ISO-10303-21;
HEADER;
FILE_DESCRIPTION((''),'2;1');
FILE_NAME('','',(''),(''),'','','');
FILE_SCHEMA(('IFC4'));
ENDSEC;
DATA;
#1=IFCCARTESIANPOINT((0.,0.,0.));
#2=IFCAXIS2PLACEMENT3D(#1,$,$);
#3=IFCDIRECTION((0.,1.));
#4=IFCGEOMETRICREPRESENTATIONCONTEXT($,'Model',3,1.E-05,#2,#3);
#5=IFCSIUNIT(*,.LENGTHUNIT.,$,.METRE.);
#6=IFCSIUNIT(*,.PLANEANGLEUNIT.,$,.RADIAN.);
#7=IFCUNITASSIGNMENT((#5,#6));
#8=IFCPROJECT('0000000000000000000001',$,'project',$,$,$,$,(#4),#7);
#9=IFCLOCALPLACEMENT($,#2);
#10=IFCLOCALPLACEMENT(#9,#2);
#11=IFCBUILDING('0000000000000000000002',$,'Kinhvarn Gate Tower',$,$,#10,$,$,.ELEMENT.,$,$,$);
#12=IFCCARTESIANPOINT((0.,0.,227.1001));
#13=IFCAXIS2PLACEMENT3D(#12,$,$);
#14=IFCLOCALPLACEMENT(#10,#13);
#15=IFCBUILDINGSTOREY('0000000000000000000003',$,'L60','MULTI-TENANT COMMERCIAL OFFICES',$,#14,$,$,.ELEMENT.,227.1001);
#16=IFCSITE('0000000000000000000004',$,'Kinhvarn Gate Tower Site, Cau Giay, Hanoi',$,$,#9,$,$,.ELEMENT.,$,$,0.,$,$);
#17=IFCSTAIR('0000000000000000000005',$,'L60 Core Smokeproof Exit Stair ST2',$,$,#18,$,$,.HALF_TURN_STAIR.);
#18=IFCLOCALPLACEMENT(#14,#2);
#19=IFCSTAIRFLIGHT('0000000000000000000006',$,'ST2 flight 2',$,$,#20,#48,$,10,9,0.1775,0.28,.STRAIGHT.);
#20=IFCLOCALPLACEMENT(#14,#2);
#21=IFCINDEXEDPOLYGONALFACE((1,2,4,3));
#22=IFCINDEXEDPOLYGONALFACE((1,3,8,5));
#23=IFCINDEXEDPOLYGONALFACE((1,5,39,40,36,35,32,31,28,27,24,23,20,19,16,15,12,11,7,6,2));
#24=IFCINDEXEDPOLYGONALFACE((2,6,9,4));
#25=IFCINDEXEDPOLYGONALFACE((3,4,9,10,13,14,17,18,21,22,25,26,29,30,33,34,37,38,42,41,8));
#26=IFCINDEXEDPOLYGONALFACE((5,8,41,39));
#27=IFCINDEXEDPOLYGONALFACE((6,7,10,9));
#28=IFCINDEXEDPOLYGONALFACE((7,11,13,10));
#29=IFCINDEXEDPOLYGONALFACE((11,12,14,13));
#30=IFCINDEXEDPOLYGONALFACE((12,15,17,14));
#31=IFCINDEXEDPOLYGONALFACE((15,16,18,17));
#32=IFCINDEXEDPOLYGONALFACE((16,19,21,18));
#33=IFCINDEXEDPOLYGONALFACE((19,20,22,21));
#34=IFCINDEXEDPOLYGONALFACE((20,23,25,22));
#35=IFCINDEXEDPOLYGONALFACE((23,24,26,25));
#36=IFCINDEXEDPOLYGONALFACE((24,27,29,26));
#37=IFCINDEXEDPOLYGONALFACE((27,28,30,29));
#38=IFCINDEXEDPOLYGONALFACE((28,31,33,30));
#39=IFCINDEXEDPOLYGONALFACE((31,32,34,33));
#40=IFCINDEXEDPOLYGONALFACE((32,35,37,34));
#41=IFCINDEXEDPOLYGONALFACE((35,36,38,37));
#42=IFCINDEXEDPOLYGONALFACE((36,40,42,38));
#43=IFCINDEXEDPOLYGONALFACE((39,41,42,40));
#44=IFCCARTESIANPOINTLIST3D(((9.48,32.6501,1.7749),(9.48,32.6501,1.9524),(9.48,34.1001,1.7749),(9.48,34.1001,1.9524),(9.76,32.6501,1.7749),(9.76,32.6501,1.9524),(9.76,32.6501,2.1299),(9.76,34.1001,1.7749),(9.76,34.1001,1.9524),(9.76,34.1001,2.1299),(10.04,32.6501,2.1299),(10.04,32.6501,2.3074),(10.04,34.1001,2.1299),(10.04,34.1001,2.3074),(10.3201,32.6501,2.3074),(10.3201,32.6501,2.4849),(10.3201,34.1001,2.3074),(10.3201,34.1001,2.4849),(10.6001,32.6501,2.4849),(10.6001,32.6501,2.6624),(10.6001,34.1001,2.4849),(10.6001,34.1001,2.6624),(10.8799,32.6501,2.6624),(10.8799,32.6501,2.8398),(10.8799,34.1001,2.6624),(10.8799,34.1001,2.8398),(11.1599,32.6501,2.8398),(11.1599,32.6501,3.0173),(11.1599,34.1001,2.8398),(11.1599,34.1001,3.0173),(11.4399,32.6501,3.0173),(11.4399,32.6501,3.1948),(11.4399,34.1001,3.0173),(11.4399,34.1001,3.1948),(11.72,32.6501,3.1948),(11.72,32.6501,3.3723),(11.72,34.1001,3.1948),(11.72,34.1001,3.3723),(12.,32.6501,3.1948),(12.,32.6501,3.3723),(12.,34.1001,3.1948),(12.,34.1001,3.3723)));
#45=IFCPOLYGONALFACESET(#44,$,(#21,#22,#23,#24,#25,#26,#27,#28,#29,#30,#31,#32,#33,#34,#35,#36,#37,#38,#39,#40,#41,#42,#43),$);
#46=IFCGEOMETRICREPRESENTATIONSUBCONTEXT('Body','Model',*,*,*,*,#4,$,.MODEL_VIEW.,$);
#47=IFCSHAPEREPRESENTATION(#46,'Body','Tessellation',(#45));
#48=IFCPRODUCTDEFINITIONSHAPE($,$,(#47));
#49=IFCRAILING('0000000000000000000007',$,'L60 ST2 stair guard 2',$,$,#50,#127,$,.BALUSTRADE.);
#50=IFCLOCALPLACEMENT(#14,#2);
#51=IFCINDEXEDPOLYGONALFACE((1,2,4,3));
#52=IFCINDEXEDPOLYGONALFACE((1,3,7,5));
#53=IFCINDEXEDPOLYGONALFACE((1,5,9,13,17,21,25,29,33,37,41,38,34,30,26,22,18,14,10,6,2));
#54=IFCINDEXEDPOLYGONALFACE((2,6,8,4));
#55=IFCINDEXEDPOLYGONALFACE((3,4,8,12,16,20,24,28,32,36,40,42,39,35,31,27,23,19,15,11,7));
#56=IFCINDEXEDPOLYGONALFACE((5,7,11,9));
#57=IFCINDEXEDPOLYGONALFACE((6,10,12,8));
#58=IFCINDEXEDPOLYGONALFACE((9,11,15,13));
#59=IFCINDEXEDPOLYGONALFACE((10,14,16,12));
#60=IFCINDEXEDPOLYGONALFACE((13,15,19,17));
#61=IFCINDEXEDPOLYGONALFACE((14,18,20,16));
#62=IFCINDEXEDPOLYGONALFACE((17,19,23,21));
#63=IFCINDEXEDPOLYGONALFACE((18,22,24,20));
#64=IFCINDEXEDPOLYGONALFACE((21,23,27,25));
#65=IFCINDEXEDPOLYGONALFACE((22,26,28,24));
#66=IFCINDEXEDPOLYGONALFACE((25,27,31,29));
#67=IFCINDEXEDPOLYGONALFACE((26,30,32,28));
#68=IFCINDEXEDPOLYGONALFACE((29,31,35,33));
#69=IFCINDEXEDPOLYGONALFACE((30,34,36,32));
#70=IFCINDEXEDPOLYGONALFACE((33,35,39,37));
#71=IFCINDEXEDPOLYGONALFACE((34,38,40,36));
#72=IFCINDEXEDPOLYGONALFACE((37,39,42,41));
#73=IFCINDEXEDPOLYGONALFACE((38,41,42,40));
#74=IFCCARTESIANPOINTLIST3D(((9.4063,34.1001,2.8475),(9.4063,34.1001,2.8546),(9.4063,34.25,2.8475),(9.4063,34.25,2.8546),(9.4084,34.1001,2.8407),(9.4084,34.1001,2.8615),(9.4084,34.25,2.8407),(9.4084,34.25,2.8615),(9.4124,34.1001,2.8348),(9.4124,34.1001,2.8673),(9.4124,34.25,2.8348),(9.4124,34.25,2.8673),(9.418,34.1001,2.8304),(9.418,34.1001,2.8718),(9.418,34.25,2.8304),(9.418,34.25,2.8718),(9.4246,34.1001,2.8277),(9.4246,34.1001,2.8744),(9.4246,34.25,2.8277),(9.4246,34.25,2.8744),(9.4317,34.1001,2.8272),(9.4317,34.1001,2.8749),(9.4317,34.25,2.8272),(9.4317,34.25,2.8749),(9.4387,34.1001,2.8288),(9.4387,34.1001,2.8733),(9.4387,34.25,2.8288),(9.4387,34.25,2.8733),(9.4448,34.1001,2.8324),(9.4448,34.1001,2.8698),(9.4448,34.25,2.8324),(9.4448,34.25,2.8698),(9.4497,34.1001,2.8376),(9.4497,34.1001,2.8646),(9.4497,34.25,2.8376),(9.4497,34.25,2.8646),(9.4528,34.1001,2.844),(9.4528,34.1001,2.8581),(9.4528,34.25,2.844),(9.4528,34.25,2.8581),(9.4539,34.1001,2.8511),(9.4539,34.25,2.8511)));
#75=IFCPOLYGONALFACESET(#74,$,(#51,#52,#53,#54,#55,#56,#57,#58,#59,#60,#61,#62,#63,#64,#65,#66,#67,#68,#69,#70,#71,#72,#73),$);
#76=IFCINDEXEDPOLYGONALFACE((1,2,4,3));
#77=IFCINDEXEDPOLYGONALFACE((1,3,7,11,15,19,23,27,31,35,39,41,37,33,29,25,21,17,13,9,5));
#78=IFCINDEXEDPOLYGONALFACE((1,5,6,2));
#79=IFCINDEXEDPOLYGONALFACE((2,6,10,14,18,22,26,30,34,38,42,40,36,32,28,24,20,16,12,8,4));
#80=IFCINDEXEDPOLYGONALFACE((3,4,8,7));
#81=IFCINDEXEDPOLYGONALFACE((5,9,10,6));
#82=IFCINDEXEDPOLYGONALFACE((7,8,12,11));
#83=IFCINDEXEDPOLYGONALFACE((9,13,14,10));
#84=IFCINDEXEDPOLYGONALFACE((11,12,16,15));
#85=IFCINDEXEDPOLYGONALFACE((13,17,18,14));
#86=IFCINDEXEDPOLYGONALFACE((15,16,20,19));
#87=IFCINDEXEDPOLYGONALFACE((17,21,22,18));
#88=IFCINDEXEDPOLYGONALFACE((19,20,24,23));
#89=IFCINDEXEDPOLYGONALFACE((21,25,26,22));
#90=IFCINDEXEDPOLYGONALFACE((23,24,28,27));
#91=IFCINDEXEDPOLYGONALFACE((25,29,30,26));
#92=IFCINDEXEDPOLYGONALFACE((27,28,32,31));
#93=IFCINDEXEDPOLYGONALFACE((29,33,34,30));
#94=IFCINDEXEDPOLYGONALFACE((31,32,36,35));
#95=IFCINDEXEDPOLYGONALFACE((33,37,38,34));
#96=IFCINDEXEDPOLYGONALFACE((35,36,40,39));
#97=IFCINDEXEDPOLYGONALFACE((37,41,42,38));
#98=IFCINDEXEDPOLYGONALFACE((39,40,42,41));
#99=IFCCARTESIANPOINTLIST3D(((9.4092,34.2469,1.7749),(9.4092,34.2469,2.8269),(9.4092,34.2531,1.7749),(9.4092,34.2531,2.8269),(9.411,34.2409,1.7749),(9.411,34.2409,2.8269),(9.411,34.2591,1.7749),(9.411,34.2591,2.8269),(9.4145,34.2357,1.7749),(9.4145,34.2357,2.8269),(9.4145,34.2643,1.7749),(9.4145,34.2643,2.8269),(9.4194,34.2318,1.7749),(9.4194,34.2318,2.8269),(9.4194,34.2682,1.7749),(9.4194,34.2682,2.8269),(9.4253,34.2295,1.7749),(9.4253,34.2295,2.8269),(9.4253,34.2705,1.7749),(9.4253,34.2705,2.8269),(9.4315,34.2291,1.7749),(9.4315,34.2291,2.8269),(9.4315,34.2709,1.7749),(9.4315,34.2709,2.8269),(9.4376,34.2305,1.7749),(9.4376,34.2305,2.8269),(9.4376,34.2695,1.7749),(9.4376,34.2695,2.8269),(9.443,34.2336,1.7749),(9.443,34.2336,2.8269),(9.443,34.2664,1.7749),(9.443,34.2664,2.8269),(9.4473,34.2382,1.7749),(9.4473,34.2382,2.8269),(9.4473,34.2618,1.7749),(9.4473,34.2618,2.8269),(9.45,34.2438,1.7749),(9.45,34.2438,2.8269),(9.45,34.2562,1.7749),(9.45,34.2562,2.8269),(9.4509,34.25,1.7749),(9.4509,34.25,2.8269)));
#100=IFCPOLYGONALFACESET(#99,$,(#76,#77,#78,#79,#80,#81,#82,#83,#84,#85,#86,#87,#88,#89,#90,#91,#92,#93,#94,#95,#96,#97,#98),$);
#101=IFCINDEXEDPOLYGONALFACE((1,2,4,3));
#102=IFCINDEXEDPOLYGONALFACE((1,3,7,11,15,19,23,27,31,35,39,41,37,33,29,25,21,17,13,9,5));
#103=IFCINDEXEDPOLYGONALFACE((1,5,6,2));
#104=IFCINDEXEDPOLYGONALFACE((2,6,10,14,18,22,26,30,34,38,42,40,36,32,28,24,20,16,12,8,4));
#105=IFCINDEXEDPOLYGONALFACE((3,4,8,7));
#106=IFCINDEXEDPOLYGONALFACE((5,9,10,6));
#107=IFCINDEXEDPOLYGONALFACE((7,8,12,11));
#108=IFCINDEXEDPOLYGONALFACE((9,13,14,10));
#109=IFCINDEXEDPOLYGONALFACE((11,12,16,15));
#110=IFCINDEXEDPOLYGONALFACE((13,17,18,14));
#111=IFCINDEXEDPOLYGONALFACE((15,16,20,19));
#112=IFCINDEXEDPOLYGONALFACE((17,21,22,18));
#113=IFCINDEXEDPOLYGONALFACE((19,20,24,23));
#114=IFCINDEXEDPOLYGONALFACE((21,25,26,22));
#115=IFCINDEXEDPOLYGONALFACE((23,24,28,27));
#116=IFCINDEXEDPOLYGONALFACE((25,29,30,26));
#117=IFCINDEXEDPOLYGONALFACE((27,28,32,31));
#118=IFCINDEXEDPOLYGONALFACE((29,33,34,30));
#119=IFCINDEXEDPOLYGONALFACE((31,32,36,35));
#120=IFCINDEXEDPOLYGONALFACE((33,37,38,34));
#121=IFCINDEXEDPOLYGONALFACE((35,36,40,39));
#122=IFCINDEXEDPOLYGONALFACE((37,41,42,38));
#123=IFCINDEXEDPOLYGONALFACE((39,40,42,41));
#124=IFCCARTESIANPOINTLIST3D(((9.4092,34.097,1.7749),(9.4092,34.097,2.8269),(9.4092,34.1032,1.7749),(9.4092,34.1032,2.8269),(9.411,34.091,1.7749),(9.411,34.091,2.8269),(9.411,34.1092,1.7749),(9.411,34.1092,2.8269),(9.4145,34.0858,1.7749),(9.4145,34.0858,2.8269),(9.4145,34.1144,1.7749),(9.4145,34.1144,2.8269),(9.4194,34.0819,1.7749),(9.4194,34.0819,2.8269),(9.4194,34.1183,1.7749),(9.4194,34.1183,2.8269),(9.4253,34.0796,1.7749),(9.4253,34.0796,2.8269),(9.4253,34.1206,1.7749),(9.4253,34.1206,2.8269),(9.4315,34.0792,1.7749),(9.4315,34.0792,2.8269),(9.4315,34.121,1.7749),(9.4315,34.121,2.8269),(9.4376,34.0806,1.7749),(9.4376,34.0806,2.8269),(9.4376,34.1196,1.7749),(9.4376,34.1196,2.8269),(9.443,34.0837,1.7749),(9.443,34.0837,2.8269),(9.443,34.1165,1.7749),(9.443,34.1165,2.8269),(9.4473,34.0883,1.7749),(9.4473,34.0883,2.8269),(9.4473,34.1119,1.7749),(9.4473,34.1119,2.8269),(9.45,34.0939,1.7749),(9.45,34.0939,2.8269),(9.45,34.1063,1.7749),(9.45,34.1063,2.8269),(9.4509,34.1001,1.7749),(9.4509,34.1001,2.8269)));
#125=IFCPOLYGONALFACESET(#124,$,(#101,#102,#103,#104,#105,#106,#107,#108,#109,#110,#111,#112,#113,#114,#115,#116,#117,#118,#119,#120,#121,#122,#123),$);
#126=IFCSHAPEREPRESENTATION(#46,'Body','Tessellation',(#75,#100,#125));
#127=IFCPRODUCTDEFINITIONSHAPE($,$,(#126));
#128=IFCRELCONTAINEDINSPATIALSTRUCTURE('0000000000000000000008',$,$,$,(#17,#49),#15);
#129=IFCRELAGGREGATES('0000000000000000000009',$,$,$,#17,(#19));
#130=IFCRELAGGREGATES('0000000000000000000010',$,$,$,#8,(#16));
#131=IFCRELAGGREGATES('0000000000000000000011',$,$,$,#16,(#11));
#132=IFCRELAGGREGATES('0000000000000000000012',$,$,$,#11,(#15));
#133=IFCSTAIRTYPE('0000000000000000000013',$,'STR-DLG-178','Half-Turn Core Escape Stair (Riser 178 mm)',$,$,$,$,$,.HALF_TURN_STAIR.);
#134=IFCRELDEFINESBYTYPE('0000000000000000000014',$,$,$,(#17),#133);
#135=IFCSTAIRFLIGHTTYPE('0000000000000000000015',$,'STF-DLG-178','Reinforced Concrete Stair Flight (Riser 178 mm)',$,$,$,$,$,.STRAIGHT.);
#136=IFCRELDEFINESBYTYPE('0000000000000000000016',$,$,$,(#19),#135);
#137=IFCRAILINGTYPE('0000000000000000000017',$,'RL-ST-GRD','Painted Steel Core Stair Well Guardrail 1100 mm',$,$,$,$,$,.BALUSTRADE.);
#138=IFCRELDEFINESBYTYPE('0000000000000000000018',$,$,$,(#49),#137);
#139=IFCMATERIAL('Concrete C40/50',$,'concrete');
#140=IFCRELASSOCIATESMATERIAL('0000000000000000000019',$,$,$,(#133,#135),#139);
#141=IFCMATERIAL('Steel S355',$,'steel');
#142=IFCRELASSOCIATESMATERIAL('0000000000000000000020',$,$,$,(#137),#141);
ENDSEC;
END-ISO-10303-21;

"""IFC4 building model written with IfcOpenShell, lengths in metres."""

from ifc_helpers import new_model, si_unit, direction, frame, origin, origin_2d, place, context, subcontext, project, spatial, polyline, circle, outline, extrude, material, type_object, element, aggregate, save


model = new_model("IFC4")

# Units and contexts
model_context = context("Model", 3, precision=1e-05, world=origin(), true_north=direction((0.0, 1.0)))
body_context = subcontext(model_context, "Body", "Model", "MODEL_VIEW")
ifc_project = project(units=[si_unit("LENGTHUNIT", "METRE"), si_unit("PLANEANGLEUNIT", "RADIAN")], contexts=[model_context])

# Site, building, storey
site_placement = place(None, origin())
site = spatial("IfcSite", under=ifc_project, at=site_placement, Name="Kinhvarn Gate Tower Site, Cau Giay, Hanoi", CompositionType="ELEMENT", RefElevation=0.0)
building_placement = place(site_placement, origin())
building = spatial("IfcBuilding", under=site, at=building_placement, Name="Kinhvarn Gate Tower", CompositionType="ELEMENT")
storey_placement = place(building_placement, frame((0.0, 0.0, 227.1001)))
storey = spatial("IfcBuildingStorey", under=building, at=storey_placement, Name="L60", Description="MULTI-TENANT COMMERCIAL OFFICES", CompositionType="ELEMENT", Elevation=227.1001)

# Shared definitions
ifc_material_1 = material(Name="Concrete C40/50", Category="concrete")

# Stair, stair flight
stair_type = type_object("IfcStairType", Name="STR-DLG-178", Description="Half-Turn Core Escape Stair (Riser 178 mm)", PredefinedType="HALF_TURN_STAIR", material=ifc_material_1)
stair_placement = place(storey_placement, origin())
stair = element("IfcStair", 1, at=stair_placement, inside=storey, type_object=stair_type, Name="L60 Core Smokeproof Exit Stair ST2", PredefinedType="HALF_TURN_STAIR")
stair_flight_type = type_object("IfcStairFlightType", Name="STF-DLG-178", Description="Reinforced Concrete Stair Flight (Riser 178 mm)", PredefinedType="STRAIGHT", material=ifc_material_1)
stair_flight_placement = place(storey_placement, frame((9.48, 33.375, 1.7749), z_axis=(0.0, 0.0, 1.0), x_axis=(1.0, 0.0, 0.0)))
stair_flight = element("IfcStairFlight", 2, at=stair_flight_placement, type_object=stair_flight_type, Name="ST2 flight 2", NumberOfRisers=10, NumberOfTreads=9, PredefinedType="STRAIGHT", RiserHeight=0.1775, TreadLength=0.28, context=body_context, shape_type="SweptSolid", body=[
    extrude(outline(polyline([(0.0, 0.0), (0.0, 0.1775), (0.28, 0.1775), (0.28, 0.355), (0.5601, 0.355), (0.5601, 0.5325), (0.8401, 0.5325), (0.8401, 0.71), (1.1201, 0.71), (1.1201, 0.8875), (1.3999, 0.8875), (1.3999, 1.0649), (1.6799, 1.0649), (1.6799, 1.2424), (1.96, 1.2424), (1.96, 1.4199), (2.24, 1.4199), (2.24, 1.5974), (2.52, 1.5974), (2.52, 1.7749), (2.52, 1.4199), (0.28, 0.0), (0.0, 0.0)])), frame((0.0, 0.7251, 0.0), z_axis=(0.0, -1.0, 0.0), x_axis=(1.0, 0.0, 0.0)), (0.0, 0.0, 1.0), 1.45),
])
aggregate(stair, [stair_flight])

# Railing
ifc_material_2 = material(Name="Steel S355", Category="steel")
railing_type_1 = type_object("IfcRailingType", Name="RL-ST-GRD", Description="Painted Steel Core Stair Well Guardrail 1100 mm", PredefinedType="BALUSTRADE", material=ifc_material_2)
railing_1_placement = place(storey_placement, frame((9.4299, 34.25, 1.7749)))
element("IfcRailing", 3, at=railing_1_placement, inside=storey, type_object=railing_type_1, Name="L60 ST2 stair guard 2", PredefinedType="BALUSTRADE", context=body_context, shape_type="SweptSolid", body=[
    extrude(circle(Radius=0.0239, at=origin_2d()), frame((0.0, 0.0, 1.0762), z_axis=(0.0, -1.0, 0.0), x_axis=(1.0, 0.0, 0.0)), (0.0, 0.0, 1.0), 0.1499),
    extrude(circle(Radius=0.021, at=origin_2d()), origin(), (0.0, 0.0, 1.0), 1.052),
    extrude(circle(Radius=0.021, at=origin_2d()), frame((0.0, -0.1499, 0.0)), (0.0, 0.0, 1.0), 1.052),
])

save(model, "model.ifc")
